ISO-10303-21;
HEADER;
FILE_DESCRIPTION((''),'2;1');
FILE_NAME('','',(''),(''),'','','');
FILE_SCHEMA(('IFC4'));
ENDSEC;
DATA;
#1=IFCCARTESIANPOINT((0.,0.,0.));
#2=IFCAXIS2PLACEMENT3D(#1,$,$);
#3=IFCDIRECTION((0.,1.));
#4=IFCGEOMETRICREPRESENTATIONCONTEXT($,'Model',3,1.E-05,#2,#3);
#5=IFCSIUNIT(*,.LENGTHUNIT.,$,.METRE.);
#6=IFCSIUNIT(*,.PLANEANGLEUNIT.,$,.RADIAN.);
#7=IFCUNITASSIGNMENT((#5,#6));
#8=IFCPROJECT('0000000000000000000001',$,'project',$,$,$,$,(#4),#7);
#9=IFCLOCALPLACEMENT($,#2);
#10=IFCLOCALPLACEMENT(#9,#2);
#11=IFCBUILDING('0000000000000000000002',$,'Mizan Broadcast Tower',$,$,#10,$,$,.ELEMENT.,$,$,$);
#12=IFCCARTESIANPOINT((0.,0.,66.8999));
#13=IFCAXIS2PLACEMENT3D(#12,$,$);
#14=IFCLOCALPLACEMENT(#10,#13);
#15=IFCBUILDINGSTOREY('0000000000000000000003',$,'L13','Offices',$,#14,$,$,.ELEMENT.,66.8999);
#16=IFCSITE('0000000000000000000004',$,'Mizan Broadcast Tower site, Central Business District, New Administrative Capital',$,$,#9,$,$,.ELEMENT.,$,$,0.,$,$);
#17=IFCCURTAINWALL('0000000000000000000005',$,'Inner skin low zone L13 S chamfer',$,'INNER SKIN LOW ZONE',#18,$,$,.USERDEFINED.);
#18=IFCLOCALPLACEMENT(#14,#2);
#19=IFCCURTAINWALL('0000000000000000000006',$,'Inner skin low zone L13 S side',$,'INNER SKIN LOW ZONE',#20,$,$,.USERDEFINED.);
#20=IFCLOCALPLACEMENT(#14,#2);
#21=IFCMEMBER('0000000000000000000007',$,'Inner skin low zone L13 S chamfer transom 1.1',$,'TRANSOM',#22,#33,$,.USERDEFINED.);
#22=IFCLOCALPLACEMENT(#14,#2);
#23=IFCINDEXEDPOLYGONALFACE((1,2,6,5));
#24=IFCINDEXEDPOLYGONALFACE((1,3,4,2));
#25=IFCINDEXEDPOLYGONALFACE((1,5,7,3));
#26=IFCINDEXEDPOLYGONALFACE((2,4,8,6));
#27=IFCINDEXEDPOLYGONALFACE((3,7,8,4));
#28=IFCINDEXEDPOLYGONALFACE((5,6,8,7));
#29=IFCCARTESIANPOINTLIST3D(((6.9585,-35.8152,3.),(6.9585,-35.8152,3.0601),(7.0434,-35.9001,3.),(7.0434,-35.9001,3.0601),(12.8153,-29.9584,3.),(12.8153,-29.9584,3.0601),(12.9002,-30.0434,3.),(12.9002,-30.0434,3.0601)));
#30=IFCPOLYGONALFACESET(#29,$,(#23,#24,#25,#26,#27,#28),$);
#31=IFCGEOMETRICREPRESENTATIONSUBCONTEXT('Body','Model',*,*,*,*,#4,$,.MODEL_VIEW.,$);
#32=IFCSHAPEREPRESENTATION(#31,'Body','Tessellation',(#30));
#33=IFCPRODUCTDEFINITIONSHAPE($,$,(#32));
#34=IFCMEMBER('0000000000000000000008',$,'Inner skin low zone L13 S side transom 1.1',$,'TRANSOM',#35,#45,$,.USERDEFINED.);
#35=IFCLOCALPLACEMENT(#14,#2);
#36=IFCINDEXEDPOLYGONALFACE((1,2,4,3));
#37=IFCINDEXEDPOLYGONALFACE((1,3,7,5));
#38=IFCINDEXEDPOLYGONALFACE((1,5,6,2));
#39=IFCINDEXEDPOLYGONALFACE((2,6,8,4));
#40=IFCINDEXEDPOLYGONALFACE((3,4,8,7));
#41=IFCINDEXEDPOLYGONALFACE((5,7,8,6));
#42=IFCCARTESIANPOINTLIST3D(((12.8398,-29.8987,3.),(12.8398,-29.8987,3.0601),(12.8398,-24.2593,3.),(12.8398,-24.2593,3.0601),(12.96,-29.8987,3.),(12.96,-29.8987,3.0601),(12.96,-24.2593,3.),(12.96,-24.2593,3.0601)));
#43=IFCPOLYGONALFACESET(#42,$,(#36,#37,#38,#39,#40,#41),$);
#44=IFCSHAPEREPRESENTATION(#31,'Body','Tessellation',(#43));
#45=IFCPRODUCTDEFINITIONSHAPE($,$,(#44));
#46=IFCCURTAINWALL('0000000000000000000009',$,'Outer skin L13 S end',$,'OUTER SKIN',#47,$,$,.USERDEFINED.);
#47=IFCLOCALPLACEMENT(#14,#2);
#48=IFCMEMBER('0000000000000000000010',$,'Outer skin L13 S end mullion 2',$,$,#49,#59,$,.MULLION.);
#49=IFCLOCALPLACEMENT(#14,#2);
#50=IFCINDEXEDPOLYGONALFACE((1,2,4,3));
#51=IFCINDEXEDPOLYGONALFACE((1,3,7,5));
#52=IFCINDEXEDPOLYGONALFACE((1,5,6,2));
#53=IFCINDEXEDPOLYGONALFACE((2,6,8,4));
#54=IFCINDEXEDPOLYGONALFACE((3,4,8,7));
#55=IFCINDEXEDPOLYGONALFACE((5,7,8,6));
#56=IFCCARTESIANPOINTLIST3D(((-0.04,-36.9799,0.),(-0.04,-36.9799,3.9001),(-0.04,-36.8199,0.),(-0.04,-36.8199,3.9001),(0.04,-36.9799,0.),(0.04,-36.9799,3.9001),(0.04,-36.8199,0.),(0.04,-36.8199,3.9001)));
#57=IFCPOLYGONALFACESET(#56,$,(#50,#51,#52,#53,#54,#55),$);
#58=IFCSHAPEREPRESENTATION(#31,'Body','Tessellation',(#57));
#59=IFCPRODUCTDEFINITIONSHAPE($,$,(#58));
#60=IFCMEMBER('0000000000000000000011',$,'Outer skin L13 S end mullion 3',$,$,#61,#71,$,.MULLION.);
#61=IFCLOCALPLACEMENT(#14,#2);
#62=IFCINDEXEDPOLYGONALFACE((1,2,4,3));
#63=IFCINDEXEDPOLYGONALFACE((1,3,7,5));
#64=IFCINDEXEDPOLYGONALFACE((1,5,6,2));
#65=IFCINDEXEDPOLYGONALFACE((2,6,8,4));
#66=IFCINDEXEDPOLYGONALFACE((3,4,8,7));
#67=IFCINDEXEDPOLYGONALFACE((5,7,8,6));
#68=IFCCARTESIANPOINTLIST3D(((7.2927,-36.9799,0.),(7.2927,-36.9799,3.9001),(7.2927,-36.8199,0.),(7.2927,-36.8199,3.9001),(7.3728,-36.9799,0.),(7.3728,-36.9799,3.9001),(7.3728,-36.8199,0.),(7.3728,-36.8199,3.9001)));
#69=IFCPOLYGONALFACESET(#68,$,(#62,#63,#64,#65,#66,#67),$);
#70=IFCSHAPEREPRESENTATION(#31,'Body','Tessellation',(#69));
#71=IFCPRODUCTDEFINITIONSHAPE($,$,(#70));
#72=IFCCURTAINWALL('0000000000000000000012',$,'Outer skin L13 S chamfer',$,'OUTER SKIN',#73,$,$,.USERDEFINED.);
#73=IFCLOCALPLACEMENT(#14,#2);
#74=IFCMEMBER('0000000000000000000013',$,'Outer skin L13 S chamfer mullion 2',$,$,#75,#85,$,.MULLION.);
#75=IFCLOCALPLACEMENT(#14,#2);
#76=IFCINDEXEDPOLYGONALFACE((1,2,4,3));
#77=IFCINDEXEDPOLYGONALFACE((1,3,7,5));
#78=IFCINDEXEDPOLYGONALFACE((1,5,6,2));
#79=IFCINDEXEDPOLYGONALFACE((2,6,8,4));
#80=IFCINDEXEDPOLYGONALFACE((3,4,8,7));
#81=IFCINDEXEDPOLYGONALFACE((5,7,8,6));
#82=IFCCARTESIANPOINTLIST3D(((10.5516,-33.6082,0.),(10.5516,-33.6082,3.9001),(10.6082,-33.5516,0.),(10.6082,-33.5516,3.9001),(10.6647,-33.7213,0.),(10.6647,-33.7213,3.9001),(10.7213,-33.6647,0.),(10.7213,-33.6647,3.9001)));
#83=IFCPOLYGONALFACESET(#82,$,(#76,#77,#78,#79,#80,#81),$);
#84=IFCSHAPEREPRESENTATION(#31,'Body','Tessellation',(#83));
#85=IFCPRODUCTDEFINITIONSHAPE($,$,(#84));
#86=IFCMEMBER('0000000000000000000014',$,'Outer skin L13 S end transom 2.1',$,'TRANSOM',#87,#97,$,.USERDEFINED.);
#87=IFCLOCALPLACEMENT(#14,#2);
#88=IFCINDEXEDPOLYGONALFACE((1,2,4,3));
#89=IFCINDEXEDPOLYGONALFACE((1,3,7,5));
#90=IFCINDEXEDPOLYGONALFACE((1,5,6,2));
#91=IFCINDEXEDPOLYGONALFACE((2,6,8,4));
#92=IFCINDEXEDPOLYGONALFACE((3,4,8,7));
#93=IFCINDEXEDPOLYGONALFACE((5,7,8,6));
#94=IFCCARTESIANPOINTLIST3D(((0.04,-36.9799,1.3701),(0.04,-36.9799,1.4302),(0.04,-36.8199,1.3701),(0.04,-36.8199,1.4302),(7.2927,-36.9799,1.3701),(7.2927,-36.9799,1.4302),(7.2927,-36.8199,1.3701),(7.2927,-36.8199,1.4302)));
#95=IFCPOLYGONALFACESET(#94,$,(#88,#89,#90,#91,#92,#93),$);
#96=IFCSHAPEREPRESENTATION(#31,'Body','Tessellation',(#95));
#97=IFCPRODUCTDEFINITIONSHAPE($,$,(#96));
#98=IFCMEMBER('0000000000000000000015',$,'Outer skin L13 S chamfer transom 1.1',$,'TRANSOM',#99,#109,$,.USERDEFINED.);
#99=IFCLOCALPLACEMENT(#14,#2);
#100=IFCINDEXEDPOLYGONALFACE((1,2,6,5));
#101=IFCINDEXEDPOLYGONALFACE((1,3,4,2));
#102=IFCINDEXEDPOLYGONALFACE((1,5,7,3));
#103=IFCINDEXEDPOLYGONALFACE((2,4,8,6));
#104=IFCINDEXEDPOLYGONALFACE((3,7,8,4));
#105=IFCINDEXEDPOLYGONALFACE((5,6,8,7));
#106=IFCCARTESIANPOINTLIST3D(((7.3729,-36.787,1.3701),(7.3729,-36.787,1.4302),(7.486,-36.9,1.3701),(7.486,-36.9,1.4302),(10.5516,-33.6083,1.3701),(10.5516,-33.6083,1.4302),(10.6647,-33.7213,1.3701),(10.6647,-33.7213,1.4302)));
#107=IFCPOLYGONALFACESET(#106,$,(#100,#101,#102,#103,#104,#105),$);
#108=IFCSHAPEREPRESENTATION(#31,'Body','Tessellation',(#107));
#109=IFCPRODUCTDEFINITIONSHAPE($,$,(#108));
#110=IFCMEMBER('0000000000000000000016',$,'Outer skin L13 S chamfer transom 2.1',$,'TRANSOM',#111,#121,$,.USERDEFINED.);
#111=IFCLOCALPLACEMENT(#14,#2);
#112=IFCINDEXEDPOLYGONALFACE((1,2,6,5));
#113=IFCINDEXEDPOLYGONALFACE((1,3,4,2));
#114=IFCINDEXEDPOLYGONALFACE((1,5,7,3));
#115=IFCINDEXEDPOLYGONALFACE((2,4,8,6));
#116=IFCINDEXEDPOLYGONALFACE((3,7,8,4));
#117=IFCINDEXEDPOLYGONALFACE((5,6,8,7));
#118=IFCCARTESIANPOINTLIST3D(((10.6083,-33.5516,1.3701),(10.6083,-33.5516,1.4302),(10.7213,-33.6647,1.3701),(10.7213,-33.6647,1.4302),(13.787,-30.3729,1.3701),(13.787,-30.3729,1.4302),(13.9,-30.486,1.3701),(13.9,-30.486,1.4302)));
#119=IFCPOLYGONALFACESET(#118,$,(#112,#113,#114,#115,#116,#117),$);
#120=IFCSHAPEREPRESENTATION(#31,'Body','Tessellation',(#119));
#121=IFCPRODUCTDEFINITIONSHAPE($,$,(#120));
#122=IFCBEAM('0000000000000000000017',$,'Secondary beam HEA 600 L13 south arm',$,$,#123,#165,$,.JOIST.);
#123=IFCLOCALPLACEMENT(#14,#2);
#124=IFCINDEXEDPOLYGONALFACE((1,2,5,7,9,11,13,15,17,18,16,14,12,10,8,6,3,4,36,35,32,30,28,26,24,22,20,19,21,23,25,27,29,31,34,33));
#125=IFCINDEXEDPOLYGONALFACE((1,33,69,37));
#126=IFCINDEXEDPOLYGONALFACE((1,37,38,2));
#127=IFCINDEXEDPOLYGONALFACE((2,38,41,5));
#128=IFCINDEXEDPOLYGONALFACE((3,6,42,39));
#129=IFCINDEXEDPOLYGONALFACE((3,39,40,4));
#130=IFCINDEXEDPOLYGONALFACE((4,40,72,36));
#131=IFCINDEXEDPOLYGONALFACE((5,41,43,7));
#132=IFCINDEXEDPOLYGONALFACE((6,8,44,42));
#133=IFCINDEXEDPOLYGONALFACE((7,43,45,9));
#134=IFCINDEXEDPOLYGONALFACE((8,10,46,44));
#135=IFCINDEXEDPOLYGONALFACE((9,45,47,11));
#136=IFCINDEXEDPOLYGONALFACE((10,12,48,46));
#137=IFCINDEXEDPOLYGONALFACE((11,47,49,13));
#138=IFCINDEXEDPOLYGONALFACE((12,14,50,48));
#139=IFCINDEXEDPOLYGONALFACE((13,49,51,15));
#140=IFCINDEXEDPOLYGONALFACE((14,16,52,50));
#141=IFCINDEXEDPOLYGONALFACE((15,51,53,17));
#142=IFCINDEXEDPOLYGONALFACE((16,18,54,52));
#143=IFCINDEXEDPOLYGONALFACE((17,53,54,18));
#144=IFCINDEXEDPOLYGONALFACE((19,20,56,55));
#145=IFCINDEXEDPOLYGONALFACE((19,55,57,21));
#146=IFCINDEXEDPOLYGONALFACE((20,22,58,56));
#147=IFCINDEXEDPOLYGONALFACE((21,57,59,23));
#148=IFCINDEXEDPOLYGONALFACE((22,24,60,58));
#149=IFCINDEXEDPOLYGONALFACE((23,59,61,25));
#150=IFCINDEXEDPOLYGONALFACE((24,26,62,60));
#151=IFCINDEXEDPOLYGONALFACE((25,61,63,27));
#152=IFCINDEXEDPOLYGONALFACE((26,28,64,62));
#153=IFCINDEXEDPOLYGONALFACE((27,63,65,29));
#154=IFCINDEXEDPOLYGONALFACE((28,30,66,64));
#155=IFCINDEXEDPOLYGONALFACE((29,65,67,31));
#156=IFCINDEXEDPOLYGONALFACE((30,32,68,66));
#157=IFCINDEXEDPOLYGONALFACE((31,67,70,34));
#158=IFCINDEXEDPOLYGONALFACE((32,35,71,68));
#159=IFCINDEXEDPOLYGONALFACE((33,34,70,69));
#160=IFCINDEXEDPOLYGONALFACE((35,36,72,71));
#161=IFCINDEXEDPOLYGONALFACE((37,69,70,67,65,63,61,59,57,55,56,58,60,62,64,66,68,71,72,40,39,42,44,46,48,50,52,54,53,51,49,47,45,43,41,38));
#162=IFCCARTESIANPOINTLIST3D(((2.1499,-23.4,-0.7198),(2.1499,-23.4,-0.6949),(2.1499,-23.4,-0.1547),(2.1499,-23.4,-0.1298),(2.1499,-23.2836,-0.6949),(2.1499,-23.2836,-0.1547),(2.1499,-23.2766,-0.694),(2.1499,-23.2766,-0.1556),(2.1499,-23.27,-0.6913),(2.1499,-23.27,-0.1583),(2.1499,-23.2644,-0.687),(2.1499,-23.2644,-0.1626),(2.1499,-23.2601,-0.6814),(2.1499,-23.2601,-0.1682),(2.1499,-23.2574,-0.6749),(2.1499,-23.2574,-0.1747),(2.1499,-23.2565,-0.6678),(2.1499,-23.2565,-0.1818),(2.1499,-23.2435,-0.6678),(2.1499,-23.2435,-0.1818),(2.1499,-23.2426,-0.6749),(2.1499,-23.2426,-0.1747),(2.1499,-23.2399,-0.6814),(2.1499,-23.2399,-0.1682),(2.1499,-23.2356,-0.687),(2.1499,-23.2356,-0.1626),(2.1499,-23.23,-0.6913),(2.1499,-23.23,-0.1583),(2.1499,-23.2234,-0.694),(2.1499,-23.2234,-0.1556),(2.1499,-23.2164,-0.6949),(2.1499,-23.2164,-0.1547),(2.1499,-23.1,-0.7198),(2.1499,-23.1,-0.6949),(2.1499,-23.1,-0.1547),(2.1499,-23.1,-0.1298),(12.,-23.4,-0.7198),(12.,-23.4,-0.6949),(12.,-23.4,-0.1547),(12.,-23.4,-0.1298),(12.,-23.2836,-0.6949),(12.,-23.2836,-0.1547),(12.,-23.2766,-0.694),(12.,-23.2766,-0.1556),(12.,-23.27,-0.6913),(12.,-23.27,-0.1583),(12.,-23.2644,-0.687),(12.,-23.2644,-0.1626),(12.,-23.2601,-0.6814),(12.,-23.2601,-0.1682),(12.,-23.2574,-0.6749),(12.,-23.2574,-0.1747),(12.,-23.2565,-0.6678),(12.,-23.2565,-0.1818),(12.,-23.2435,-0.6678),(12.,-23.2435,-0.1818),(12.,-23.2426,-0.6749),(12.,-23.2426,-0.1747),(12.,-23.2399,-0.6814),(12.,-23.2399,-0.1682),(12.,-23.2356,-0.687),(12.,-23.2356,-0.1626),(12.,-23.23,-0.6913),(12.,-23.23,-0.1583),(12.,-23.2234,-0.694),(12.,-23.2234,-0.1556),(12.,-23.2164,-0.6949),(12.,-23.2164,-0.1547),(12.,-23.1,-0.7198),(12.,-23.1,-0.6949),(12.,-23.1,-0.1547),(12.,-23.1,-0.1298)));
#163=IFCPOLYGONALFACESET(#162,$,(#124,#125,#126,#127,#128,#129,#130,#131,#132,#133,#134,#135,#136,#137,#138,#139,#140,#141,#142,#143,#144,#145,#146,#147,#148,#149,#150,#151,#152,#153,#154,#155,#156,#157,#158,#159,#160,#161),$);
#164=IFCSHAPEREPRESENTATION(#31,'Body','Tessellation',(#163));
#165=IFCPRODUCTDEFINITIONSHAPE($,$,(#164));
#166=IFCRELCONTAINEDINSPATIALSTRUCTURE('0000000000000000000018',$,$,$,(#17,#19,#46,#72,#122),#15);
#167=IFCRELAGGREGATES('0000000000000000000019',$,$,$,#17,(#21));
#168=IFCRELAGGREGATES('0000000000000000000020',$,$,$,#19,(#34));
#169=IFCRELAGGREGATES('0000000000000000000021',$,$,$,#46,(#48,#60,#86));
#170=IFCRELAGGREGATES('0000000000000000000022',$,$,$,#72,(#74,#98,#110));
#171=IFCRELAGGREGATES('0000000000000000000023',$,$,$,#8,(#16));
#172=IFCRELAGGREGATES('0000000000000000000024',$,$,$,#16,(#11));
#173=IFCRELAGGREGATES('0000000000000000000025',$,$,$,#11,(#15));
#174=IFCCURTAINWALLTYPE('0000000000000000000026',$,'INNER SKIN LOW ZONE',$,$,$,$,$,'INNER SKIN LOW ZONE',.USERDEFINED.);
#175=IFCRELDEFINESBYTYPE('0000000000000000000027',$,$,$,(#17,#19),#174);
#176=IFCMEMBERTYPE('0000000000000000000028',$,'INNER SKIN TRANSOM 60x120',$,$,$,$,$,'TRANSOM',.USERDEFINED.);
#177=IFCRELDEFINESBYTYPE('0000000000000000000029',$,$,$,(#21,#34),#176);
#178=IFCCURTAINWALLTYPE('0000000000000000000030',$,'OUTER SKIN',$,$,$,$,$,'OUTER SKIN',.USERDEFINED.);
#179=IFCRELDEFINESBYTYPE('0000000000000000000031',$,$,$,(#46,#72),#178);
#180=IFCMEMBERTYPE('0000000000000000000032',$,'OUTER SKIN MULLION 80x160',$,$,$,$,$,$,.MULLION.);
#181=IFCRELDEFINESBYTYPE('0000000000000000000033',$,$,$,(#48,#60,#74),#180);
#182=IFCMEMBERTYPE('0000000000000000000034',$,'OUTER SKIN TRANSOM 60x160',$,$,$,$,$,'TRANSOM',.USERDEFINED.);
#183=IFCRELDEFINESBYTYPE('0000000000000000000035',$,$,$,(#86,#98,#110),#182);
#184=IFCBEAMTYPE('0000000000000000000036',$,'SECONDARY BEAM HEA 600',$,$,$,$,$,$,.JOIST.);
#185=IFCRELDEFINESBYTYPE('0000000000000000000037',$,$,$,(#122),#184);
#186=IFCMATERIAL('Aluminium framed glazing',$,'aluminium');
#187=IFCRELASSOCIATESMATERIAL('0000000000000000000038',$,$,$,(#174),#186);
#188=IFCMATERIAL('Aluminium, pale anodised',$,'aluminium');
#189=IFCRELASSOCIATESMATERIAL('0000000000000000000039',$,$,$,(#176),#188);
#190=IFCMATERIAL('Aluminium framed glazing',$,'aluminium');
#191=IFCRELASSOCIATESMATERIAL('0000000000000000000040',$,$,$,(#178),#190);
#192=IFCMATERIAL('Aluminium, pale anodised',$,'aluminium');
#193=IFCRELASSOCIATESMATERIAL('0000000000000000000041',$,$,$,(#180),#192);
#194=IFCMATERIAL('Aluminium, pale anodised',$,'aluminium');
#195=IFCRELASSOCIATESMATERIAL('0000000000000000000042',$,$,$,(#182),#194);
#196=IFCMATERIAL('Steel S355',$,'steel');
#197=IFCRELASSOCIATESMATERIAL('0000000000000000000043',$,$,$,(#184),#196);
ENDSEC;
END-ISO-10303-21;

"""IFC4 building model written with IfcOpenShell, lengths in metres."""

from ifc_helpers import new_model, si_unit, direction, frame, origin, origin_2d, place, context, subcontext, project, spatial, rectangle, i_section, extrude, material, material_profile, profile_set, type_object, element, aggregate, save


model = new_model("IFC4")

# Units and contexts
model_context = context("Model", 3, precision=1e-05, world=origin(), true_north=direction((0.0, 1.0)))
body_context = subcontext(model_context, "Body", "Model", "MODEL_VIEW")
ifc_project = project(units=[si_unit("LENGTHUNIT", "METRE"), si_unit("PLANEANGLEUNIT", "RADIAN")], contexts=[model_context])

# Site, building, storey
site_placement = place(None, origin())
site = spatial("IfcSite", under=ifc_project, at=site_placement, Name="Mizan Broadcast Tower site, Central Business District, New Administrative Capital", CompositionType="ELEMENT", RefElevation=0.0)
building_placement = place(site_placement, origin())
building = spatial("IfcBuilding", under=site, at=building_placement, Name="Mizan Broadcast Tower", CompositionType="ELEMENT")
storey_placement = place(building_placement, frame((0.0, 0.0, 66.8999)))
storey = spatial("IfcBuildingStorey", under=building, at=storey_placement, Name="L13", Description="Offices", CompositionType="ELEMENT", Elevation=66.8999)

# Shared definitions
ifc_material_1 = material(Name="Aluminium framed glazing", Category="aluminium")
curtain_wall_type_1 = type_object("IfcCurtainWallType", Name="INNER SKIN LOW ZONE", ElementType="INNER SKIN LOW ZONE", PredefinedType="USERDEFINED", material=ifc_material_1)

# Curtain walls
curtain_wall_1_placement = place(storey_placement, origin())
curtain_wall_1 = element("IfcCurtainWall", 1, at=curtain_wall_1_placement, inside=storey, type_object=curtain_wall_type_1, Name="Inner skin low zone L13 S chamfer", ObjectType="INNER SKIN LOW ZONE", PredefinedType="USERDEFINED")
curtain_wall_2_placement = place(storey_placement, origin())
curtain_wall_2 = element("IfcCurtainWall", 2, at=curtain_wall_2_placement, inside=storey, type_object=curtain_wall_type_1, Name="Inner skin low zone L13 S side", ObjectType="INNER SKIN LOW ZONE", PredefinedType="USERDEFINED")

# Members
ifc_material_2 = material(Name="Aluminium, pale anodised", Category="aluminium")
ifc_material_profile_1 = material_profile(ifc_material_2, rectangle(XDim=0.1201, YDim=0.0601, at=origin_2d()), Name="TRANSOM 120x60")
ifc_profile_set_1 = profile_set([ifc_material_profile_1], Name="Aluminium, pale anodised")
member_type_1 = type_object("IfcMemberType", Name="INNER SKIN TRANSOM 60x120", ElementType="TRANSOM", PredefinedType="USERDEFINED", material=ifc_profile_set_1)
member_1_placement = place(storey_placement, frame((7.001, -35.8577, 3.03), z_axis=(0.707107, 0.707107, 0.0), x_axis=(-0.707107, 0.707107, 0.0)))
member_1 = element("IfcMember", 3, at=member_1_placement, type_object=member_type_1, Name="Inner skin low zone L13 S chamfer transom 1.1", ObjectType="TRANSOM", PredefinedType="USERDEFINED", context=body_context, shape_type="SweptSolid", body=[
    extrude(rectangle(XDim=0.1201, YDim=0.0601, at=origin_2d()), origin(), (0.0, 0.0, 1.0), 8.2827),
])
member_2_placement = place(storey_placement, frame((12.8999, -29.8987, 3.03), z_axis=(0.0, 1.0, 0.0), x_axis=(-1.0, 0.0, 0.0)))
member_2 = element("IfcMember", 4, at=member_2_placement, type_object=member_type_1, Name="Inner skin low zone L13 S side transom 1.1", ObjectType="TRANSOM", PredefinedType="USERDEFINED", context=body_context, shape_type="SweptSolid", body=[
    extrude(rectangle(XDim=0.1201, YDim=0.0601, at=origin_2d()), origin(), (0.0, 0.0, 1.0), 5.6394),
])

# Curtain wall, members
ifc_material_3 = material(Name="Aluminium framed glazing", Category="aluminium")
curtain_wall_type_2 = type_object("IfcCurtainWallType", Name="OUTER SKIN", ElementType="OUTER SKIN", PredefinedType="USERDEFINED", material=ifc_material_3)
curtain_wall_3_placement = place(storey_placement, origin())
curtain_wall_3 = element("IfcCurtainWall", 5, at=curtain_wall_3_placement, inside=storey, type_object=curtain_wall_type_2, Name="Outer skin L13 S end", ObjectType="OUTER SKIN", PredefinedType="USERDEFINED")
ifc_material_4 = material(Name="Aluminium, pale anodised", Category="aluminium")
ifc_material_profile_2 = material_profile(ifc_material_4, rectangle(XDim=0.1599, YDim=0.0801, at=origin_2d()), Name="MULLION 160x80")
ifc_profile_set_2 = profile_set([ifc_material_profile_2], Name="Aluminium, pale anodised")
member_type_2 = type_object("IfcMemberType", Name="OUTER SKIN MULLION 80x160", PredefinedType="MULLION", material=ifc_profile_set_2)
member_3_placement = place(storey_placement, frame((0.0, -36.8999, 0.0), z_axis=(0.0, 0.0, 1.0), x_axis=(0.0, 1.0, 0.0)))
member_3 = element("IfcMember", 6, at=member_3_placement, type_object=member_type_2, Name="Outer skin L13 S end mullion 2", PredefinedType="MULLION", context=body_context, shape_type="SweptSolid", body=[
    extrude(rectangle(XDim=0.1599, YDim=0.0801, at=origin_2d()), origin(), (0.0, 0.0, 1.0), 3.9001),
])
member_4_placement = place(storey_placement, frame((7.3328, -36.8999, 0.0), z_axis=(0.0, 0.0, 1.0), x_axis=(0.0, 1.0, 0.0)))
member_4 = element("IfcMember", 7, at=member_4_placement, type_object=member_type_2, Name="Outer skin L13 S end mullion 3", PredefinedType="MULLION", context=body_context, shape_type="SweptSolid", body=[
    extrude(rectangle(XDim=0.1599, YDim=0.0801, at=origin_2d()), origin(), (0.0, 0.0, 1.0), 3.9001),
])

# Curtain wall, member
curtain_wall_4_placement = place(storey_placement, origin())
curtain_wall_4 = element("IfcCurtainWall", 8, at=curtain_wall_4_placement, inside=storey, type_object=curtain_wall_type_2, Name="Outer skin L13 S chamfer", ObjectType="OUTER SKIN", PredefinedType="USERDEFINED")
member_5_placement = place(storey_placement, frame((10.6365, -33.6365, 0.0), z_axis=(0.0, 0.0, 1.0), x_axis=(-0.707107, 0.707107, 0.0)))
member_5 = element("IfcMember", 9, at=member_5_placement, type_object=member_type_2, Name="Outer skin L13 S chamfer mullion 2", PredefinedType="MULLION", context=body_context, shape_type="SweptSolid", body=[
    extrude(rectangle(XDim=0.1599, YDim=0.0801, at=origin_2d()), origin(), (0.0, 0.0, 1.0), 3.9001),
])

# Members
ifc_material_5 = material(Name="Aluminium, pale anodised", Category="aluminium")
ifc_material_profile_3 = material_profile(ifc_material_5, rectangle(XDim=0.1599, YDim=0.0601, at=origin_2d()), Name="TRANSOM 160x60")
ifc_profile_set_3 = profile_set([ifc_material_profile_3], Name="Aluminium, pale anodised")
member_type_3 = type_object("IfcMemberType", Name="OUTER SKIN TRANSOM 60x160", ElementType="TRANSOM", PredefinedType="USERDEFINED", material=ifc_profile_set_3)
member_6_placement = place(storey_placement, frame((0.04, -36.8999, 1.4001), z_axis=(1.0, 0.0, 0.0), x_axis=(0.0, 1.0, 0.0)))
member_6 = element("IfcMember", 10, at=member_6_placement, type_object=member_type_3, Name="Outer skin L13 S end transom 2.1", ObjectType="TRANSOM", PredefinedType="USERDEFINED", context=body_context, shape_type="SweptSolid", body=[
    extrude(rectangle(XDim=0.1599, YDim=0.0601, at=origin_2d()), origin(), (0.0, 0.0, 1.0), 7.2527),
])
member_7_placement = place(storey_placement, frame((7.4294, -36.8435, 1.4001), z_axis=(0.707107, 0.707107, 0.0), x_axis=(-0.707107, 0.707107, 0.0)))
member_7 = element("IfcMember", 11, at=member_7_placement, type_object=member_type_3, Name="Outer skin L13 S chamfer transom 1.1", ObjectType="TRANSOM", PredefinedType="USERDEFINED", context=body_context, shape_type="SweptSolid", body=[
    extrude(rectangle(XDim=0.1599, YDim=0.0601, at=origin_2d()), origin(), (0.0, 0.0, 1.0), 4.4954),
])
member_8_placement = place(storey_placement, frame((10.6648, -33.6082, 1.4001), z_axis=(0.707107, 0.707107, 0.0), x_axis=(-0.707107, 0.707107, 0.0)))
member_8 = element("IfcMember", 12, at=member_8_placement, type_object=member_type_3, Name="Outer skin L13 S chamfer transom 2.1", ObjectType="TRANSOM", PredefinedType="USERDEFINED", context=body_context, shape_type="SweptSolid", body=[
    extrude(rectangle(XDim=0.1599, YDim=0.0601, at=origin_2d()), origin(), (0.0, 0.0, 1.0), 4.4954),
])

# Beam
ifc_material_6 = material(Name="Steel S355", Category="steel")
ifc_material_profile_4 = material_profile(ifc_material_6, i_section(OverallWidth=0.3, OverallDepth=0.5901, WebThickness=0.0129, FlangeThickness=0.0249, FilletRadius=0.0271, at=origin_2d()), Name="HEA 600")
ifc_profile_set_4 = profile_set([ifc_material_profile_4], Name="Steel S355")
beam_type_1 = type_object("IfcBeamType", Name="SECONDARY BEAM HEA 600", PredefinedType="JOIST", material=ifc_profile_set_4)
beam_1_placement = place(storey_placement, frame((12.0, -23.25, -0.4248), z_axis=(-1.0, 0.0, 0.0), x_axis=(0.0, -1.0, 0.0)))
element("IfcBeam", 13, at=beam_1_placement, inside=storey, type_object=beam_type_1, Name="Secondary beam HEA 600 L13 south arm", PredefinedType="JOIST", context=body_context, shape_type="SweptSolid", body=[
    extrude(i_section(OverallWidth=0.3, OverallDepth=0.5901, WebThickness=0.0129, FlangeThickness=0.0249, FilletRadius=0.0271, at=origin_2d()), origin(), (0.0, 0.0, 1.0), 9.8501),
])

aggregate(curtain_wall_1, [member_1])
aggregate(curtain_wall_2, [member_2])
aggregate(curtain_wall_3, [member_3, member_4, member_6])
aggregate(curtain_wall_4, [member_5, member_7, member_8])

save(model, "model.ifc")
